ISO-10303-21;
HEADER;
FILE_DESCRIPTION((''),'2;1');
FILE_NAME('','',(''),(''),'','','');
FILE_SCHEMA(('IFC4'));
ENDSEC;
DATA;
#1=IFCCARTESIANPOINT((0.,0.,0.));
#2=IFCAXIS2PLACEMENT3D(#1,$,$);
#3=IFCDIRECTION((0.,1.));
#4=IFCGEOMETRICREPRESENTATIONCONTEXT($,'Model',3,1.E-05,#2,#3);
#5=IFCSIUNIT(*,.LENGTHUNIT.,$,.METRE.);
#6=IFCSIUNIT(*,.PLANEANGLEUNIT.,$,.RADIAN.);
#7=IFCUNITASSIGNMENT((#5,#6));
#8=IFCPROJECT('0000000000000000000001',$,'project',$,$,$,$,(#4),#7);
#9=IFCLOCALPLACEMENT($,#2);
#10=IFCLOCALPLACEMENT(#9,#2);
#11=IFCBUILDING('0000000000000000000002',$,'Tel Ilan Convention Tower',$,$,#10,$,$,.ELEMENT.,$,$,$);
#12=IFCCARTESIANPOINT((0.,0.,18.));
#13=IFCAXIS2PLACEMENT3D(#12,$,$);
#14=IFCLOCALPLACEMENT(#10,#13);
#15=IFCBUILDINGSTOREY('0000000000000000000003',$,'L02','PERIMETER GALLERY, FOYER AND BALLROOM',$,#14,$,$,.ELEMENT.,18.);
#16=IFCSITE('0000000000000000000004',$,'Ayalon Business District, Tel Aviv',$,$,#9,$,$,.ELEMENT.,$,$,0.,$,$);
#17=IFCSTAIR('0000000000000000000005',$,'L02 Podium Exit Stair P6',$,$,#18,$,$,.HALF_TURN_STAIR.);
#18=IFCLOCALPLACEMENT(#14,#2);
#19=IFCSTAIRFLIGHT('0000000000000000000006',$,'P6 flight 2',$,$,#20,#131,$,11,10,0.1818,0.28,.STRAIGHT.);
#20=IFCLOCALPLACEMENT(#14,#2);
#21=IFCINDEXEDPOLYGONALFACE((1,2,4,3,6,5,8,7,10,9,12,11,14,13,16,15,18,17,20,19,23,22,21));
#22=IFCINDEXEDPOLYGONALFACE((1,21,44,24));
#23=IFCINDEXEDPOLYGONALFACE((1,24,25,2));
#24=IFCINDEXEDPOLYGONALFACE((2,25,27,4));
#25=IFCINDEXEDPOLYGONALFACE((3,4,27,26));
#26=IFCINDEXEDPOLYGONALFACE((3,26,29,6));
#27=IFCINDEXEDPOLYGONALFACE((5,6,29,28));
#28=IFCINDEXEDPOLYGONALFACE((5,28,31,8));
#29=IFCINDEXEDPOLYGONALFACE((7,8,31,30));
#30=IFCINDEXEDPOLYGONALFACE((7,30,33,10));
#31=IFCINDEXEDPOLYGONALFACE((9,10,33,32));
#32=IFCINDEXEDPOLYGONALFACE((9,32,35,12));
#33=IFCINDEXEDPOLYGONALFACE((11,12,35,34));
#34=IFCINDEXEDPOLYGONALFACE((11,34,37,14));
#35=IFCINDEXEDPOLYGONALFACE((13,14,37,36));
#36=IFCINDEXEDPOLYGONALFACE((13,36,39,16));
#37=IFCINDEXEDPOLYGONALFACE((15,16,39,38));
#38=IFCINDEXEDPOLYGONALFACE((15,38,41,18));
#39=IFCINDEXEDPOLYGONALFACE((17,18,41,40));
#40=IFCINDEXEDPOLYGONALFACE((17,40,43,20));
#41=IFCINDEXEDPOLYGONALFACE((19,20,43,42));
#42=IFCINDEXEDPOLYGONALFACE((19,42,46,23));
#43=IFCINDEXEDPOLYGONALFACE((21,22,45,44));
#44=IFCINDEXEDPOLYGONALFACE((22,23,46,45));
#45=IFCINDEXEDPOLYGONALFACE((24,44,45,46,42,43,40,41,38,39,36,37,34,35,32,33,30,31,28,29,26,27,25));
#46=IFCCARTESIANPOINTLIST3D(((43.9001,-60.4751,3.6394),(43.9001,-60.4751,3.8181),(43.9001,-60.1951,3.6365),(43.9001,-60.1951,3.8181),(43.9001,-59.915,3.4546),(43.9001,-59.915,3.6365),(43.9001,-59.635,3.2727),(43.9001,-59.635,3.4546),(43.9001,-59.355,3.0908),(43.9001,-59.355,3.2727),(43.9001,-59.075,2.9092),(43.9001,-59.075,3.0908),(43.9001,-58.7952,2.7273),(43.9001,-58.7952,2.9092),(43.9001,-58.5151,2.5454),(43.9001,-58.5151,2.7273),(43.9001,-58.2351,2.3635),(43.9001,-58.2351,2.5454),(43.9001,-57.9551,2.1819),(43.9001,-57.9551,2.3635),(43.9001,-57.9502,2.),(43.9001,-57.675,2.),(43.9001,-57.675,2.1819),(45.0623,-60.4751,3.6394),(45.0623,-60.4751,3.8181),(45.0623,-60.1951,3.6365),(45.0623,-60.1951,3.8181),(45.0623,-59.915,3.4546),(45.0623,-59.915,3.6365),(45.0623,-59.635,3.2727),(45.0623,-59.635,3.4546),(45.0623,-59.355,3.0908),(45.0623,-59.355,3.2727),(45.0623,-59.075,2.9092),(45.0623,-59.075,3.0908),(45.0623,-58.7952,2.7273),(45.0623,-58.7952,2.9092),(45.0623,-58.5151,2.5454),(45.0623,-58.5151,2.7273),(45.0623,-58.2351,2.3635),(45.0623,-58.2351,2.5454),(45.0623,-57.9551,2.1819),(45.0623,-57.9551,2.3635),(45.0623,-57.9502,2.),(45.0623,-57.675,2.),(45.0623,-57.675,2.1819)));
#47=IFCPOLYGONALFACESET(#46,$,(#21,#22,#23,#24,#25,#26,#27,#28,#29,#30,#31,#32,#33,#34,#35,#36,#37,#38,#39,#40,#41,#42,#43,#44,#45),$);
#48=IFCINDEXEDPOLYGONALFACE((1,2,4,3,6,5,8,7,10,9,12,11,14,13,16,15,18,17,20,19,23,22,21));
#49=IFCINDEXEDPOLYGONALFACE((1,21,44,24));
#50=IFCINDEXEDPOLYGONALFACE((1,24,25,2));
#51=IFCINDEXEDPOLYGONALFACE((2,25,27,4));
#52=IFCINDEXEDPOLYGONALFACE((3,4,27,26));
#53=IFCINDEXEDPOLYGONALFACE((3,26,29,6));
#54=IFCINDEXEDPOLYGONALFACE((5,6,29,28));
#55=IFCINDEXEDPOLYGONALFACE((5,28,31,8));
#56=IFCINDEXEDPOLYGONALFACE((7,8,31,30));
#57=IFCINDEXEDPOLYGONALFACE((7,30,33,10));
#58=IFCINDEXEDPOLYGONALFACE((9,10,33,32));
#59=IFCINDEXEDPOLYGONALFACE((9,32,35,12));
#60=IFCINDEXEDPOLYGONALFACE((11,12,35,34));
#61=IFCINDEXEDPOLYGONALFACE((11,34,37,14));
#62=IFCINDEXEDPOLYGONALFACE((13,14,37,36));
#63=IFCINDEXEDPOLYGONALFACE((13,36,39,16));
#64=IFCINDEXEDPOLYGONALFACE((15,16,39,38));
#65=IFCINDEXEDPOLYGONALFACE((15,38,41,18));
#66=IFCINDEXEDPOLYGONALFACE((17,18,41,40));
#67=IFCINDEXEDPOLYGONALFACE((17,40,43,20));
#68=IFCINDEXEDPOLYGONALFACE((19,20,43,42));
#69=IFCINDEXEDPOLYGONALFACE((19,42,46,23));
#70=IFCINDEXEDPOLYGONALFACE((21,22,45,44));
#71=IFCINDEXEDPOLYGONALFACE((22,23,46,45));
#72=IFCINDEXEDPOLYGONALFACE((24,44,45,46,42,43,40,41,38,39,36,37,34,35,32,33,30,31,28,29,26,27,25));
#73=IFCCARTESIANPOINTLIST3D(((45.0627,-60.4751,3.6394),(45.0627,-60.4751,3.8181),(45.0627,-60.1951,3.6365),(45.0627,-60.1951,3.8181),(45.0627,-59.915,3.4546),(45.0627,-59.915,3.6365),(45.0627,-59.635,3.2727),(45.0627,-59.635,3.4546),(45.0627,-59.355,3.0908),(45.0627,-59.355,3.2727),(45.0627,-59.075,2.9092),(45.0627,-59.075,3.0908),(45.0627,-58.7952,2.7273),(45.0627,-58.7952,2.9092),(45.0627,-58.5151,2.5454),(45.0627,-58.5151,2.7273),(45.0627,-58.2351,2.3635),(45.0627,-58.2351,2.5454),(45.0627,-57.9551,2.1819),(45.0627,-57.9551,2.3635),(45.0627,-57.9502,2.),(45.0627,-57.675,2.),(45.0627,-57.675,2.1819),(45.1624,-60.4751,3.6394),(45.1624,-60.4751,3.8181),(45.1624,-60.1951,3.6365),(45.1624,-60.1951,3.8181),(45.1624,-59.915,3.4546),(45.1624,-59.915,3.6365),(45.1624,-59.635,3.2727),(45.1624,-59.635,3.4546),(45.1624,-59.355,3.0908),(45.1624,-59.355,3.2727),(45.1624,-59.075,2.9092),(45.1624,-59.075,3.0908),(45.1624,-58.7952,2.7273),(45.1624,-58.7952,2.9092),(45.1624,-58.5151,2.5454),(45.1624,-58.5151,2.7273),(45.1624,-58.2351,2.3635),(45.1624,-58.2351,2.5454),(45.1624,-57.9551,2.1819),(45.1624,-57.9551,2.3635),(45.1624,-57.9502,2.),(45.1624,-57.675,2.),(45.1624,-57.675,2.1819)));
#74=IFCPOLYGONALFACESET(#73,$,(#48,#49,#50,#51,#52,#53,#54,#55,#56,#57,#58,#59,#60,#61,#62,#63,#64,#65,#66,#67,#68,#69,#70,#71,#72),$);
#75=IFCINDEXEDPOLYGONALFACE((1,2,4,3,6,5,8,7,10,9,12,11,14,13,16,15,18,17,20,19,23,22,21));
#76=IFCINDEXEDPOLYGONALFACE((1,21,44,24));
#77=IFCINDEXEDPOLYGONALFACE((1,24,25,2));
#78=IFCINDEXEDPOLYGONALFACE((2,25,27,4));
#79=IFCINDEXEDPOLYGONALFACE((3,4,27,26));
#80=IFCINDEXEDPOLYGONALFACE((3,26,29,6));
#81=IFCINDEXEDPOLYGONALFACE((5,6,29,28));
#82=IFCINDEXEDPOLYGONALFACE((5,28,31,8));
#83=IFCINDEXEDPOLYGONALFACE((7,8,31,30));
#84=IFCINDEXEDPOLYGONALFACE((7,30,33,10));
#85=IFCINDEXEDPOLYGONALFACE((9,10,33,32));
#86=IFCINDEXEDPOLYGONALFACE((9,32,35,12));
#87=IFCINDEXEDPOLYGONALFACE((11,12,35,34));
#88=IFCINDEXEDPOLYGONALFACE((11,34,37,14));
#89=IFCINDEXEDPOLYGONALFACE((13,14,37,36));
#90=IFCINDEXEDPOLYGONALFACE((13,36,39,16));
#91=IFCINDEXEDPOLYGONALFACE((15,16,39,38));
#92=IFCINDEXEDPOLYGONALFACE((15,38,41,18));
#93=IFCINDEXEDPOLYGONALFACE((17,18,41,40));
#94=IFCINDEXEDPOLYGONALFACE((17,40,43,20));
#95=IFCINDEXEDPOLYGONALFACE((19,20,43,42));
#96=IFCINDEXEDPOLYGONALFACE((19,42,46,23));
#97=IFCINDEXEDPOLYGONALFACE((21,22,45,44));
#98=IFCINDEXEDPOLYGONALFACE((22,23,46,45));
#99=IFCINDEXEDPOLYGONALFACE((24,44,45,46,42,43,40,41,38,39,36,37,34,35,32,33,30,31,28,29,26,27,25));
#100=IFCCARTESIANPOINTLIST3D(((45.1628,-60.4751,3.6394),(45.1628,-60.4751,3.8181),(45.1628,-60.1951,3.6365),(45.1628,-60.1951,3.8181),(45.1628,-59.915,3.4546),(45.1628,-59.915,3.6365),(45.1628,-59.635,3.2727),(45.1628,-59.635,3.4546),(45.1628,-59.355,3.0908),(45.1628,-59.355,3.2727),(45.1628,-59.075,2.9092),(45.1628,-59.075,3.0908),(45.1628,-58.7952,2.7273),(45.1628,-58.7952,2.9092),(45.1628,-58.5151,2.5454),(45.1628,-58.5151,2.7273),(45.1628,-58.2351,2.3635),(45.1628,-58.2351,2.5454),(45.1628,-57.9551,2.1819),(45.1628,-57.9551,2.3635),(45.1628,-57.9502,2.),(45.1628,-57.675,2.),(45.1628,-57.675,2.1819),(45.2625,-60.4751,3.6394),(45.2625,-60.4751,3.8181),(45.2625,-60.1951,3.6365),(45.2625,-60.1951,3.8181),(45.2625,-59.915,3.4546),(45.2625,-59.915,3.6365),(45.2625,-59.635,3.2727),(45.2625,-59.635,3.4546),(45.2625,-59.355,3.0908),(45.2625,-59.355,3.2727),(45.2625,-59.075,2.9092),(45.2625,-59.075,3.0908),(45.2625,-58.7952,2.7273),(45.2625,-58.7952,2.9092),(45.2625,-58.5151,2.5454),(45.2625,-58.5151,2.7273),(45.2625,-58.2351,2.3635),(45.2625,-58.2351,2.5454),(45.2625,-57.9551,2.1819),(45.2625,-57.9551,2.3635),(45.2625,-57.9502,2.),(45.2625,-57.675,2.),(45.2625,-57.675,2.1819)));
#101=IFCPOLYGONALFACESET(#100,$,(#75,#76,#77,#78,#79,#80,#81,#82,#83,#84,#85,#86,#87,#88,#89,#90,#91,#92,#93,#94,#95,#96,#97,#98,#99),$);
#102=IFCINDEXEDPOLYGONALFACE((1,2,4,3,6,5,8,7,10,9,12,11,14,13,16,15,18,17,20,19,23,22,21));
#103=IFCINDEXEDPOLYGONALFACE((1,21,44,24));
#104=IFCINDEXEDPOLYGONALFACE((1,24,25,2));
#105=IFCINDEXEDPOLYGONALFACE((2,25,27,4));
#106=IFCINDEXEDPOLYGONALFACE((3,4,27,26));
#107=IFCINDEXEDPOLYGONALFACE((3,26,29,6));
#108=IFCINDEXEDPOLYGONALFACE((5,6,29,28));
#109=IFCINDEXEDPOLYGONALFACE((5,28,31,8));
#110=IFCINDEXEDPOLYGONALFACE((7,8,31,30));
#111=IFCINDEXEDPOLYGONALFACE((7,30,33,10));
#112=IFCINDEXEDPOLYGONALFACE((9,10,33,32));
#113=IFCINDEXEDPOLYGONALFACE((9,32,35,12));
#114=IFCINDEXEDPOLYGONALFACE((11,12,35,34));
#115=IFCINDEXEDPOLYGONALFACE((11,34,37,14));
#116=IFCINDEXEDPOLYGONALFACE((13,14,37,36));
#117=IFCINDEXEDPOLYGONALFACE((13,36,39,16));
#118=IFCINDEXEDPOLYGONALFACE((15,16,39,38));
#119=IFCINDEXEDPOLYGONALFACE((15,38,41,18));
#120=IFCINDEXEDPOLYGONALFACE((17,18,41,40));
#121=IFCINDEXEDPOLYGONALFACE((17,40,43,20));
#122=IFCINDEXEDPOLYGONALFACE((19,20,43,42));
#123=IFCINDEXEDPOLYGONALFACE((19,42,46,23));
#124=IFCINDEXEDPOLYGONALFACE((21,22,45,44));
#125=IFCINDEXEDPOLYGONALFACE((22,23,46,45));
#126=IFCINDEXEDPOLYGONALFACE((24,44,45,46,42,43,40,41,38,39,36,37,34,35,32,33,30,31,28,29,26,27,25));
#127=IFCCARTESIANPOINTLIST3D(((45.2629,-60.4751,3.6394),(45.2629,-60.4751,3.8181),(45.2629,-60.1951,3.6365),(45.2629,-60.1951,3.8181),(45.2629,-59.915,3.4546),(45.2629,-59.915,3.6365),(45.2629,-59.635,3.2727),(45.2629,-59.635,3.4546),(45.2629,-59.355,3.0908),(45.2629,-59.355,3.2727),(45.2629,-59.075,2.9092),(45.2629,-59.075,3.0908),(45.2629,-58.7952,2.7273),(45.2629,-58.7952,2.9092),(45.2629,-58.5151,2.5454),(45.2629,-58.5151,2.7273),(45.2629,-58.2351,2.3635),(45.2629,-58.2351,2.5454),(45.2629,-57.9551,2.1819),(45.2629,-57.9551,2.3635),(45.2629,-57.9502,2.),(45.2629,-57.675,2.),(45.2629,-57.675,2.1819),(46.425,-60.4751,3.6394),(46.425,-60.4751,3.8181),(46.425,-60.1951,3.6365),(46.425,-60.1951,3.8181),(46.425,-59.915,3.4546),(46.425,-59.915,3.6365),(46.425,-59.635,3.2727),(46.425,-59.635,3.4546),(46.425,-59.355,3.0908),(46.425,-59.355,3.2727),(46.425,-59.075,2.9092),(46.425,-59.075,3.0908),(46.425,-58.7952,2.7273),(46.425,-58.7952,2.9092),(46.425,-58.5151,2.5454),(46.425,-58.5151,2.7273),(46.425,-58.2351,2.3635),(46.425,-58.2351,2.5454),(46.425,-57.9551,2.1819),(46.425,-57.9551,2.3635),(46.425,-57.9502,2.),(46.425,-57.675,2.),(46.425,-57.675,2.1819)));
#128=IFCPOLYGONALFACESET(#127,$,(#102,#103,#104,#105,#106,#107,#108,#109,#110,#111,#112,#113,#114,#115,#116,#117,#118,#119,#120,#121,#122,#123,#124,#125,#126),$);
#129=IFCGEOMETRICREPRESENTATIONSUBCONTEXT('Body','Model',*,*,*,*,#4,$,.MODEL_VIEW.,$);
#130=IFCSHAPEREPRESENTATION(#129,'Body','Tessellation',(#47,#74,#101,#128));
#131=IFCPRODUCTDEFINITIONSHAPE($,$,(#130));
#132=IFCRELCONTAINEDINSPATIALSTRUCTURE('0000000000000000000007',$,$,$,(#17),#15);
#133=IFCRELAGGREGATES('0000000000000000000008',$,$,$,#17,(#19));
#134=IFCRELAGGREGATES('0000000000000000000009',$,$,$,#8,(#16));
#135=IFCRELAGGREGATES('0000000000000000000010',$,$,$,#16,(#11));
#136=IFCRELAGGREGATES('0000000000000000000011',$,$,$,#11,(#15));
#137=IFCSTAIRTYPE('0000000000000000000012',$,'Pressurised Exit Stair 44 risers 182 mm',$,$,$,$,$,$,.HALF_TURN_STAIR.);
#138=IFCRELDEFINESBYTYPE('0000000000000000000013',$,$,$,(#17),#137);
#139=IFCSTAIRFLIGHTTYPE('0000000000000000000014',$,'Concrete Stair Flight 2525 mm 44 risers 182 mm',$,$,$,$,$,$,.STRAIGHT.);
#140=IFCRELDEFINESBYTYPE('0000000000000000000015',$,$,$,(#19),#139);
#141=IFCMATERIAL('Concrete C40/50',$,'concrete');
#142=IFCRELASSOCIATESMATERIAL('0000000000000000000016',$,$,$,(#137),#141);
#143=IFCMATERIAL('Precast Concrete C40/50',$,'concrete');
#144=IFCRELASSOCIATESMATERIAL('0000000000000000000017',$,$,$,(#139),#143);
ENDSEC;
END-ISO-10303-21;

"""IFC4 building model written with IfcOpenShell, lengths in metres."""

from ifc_helpers import new_model, si_unit, direction, frame, origin, place, context, subcontext, project, spatial, polyline, outline, extrude, material, type_object, element, aggregate, save


model = new_model("IFC4")

# Units and contexts
model_context = context("Model", 3, precision=1e-05, world=origin(), true_north=direction((0.0, 1.0)))
body_context = subcontext(model_context, "Body", "Model", "MODEL_VIEW")
ifc_project = project(units=[si_unit("LENGTHUNIT", "METRE"), si_unit("PLANEANGLEUNIT", "RADIAN")], contexts=[model_context])

# Site, building, storey
site_placement = place(None, origin())
site = spatial("IfcSite", under=ifc_project, at=site_placement, Name="Ayalon Business District, Tel Aviv", CompositionType="ELEMENT", RefElevation=0.0)
building_placement = place(site_placement, origin())
building = spatial("IfcBuilding", under=site, at=building_placement, Name="Tel Ilan Convention Tower", CompositionType="ELEMENT")
storey_placement = place(building_placement, frame((0.0, 0.0, 18.0)))
storey = spatial("IfcBuildingStorey", under=building, at=storey_placement, Name="L02", Description="PERIMETER GALLERY, FOYER AND BALLROOM", CompositionType="ELEMENT", Elevation=18.0)

# Stair, stair flight
ifc_material_1 = material(Name="Concrete C40/50", Category="concrete")
stair_type = type_object("IfcStairType", Name="Pressurised Exit Stair 44 risers 182 mm", PredefinedType="HALF_TURN_STAIR", material=ifc_material_1)
stair_1_placement = place(storey_placement, origin())
stair_1 = element("IfcStair", 1, at=stair_1_placement, inside=storey, type_object=stair_type, Name="L02 Podium Exit Stair P6", PredefinedType="HALF_TURN_STAIR")
ifc_material_2 = material(Name="Precast Concrete C40/50", Category="concrete")
stair_flight_type = type_object("IfcStairFlightType", Name="Concrete Stair Flight 2525 mm 44 risers 182 mm", PredefinedType="STRAIGHT", material=ifc_material_2)
stair_flight_1_placement = place(storey_placement, frame((45.1626, -57.675, 2.0), z_axis=(0.0, 0.0, 1.0), x_axis=(0.0, -1.0, 0.0)))
stair_flight_1 = element("IfcStairFlight", 2, at=stair_flight_1_placement, type_object=stair_flight_type, Name="P6 flight 2", NumberOfRisers=11, NumberOfTreads=10, PredefinedType="STRAIGHT", RiserHeight=0.1818, TreadLength=0.28, context=body_context, shape_type="SweptSolid", body=[
    extrude(outline(polyline([(0.0, 0.0), (0.0, 0.1819), (0.28, 0.1819), (0.28, 0.3635), (0.5601, 0.3635), (0.5601, 0.5454), (0.8401, 0.5454), (0.8401, 0.7273), (1.1201, 0.7273), (1.1201, 0.9092), (1.3999, 0.9092), (1.3999, 1.0908), (1.6799, 1.0908), (1.6799, 1.2727), (1.96, 1.2727), (1.96, 1.4546), (2.24, 1.4546), (2.24, 1.6365), (2.52, 1.6365), (2.52, 1.8181), (2.8, 1.8181), (2.8, 2.0), (2.8, 1.6394), (0.2751, 0.0), (0.0, 0.0)])), frame((0.0, -0.1003, 0.0), z_axis=(0.0, -1.0, 0.0), x_axis=(1.0, 0.0, 0.0)), (0.0, 0.0, 1.0), 1.1621),
    extrude(outline(polyline([(0.0, 0.0), (0.0, 0.1819), (0.28, 0.1819), (0.28, 0.3635), (0.5601, 0.3635), (0.5601, 0.5454), (0.8401, 0.5454), (0.8401, 0.7273), (1.1201, 0.7273), (1.1201, 0.9092), (1.3999, 0.9092), (1.3999, 1.0908), (1.6799, 1.0908), (1.6799, 1.2727), (1.96, 1.2727), (1.96, 1.4546), (2.24, 1.4546), (2.24, 1.6365), (2.52, 1.6365), (2.52, 1.8181), (2.8, 1.8181), (2.8, 2.0), (2.8, 1.6394), (0.2751, 0.0), (0.0, 0.0)])), frame((0.0, -0.0002, 0.0), z_axis=(0.0, -1.0, 0.0), x_axis=(1.0, 0.0, 0.0)), (0.0, 0.0, 1.0), 0.0996),
    extrude(outline(polyline([(0.0, 0.0), (0.0, 0.1819), (0.28, 0.1819), (0.28, 0.3635), (0.5601, 0.3635), (0.5601, 0.5454), (0.8401, 0.5454), (0.8401, 0.7273), (1.1201, 0.7273), (1.1201, 0.9092), (1.3999, 0.9092), (1.3999, 1.0908), (1.6799, 1.0908), (1.6799, 1.2727), (1.96, 1.2727), (1.96, 1.4546), (2.24, 1.4546), (2.24, 1.6365), (2.52, 1.6365), (2.52, 1.8181), (2.8, 1.8181), (2.8, 2.0), (2.8, 1.6394), (0.2751, 0.0), (0.0, 0.0)])), frame((0.0, 0.0999, 0.0), z_axis=(0.0, -1.0, 0.0), x_axis=(1.0, 0.0, 0.0)), (0.0, 0.0, 1.0), 0.0996),
    extrude(outline(polyline([(0.0, 0.0), (0.0, 0.1819), (0.28, 0.1819), (0.28, 0.3635), (0.5601, 0.3635), (0.5601, 0.5454), (0.8401, 0.5454), (0.8401, 0.7273), (1.1201, 0.7273), (1.1201, 0.9092), (1.3999, 0.9092), (1.3999, 1.0908), (1.6799, 1.0908), (1.6799, 1.2727), (1.96, 1.2727), (1.96, 1.4546), (2.24, 1.4546), (2.24, 1.6365), (2.52, 1.6365), (2.52, 1.8181), (2.8, 1.8181), (2.8, 2.0), (2.8, 1.6394), (0.2751, 0.0), (0.0, 0.0)])), frame((0.0, 1.2625, 0.0), z_axis=(0.0, -1.0, 0.0), x_axis=(1.0, 0.0, 0.0)), (0.0, 0.0, 1.0), 1.1621),
])
aggregate(stair_1, [stair_flight_1])

save(model, "model.ifc")
